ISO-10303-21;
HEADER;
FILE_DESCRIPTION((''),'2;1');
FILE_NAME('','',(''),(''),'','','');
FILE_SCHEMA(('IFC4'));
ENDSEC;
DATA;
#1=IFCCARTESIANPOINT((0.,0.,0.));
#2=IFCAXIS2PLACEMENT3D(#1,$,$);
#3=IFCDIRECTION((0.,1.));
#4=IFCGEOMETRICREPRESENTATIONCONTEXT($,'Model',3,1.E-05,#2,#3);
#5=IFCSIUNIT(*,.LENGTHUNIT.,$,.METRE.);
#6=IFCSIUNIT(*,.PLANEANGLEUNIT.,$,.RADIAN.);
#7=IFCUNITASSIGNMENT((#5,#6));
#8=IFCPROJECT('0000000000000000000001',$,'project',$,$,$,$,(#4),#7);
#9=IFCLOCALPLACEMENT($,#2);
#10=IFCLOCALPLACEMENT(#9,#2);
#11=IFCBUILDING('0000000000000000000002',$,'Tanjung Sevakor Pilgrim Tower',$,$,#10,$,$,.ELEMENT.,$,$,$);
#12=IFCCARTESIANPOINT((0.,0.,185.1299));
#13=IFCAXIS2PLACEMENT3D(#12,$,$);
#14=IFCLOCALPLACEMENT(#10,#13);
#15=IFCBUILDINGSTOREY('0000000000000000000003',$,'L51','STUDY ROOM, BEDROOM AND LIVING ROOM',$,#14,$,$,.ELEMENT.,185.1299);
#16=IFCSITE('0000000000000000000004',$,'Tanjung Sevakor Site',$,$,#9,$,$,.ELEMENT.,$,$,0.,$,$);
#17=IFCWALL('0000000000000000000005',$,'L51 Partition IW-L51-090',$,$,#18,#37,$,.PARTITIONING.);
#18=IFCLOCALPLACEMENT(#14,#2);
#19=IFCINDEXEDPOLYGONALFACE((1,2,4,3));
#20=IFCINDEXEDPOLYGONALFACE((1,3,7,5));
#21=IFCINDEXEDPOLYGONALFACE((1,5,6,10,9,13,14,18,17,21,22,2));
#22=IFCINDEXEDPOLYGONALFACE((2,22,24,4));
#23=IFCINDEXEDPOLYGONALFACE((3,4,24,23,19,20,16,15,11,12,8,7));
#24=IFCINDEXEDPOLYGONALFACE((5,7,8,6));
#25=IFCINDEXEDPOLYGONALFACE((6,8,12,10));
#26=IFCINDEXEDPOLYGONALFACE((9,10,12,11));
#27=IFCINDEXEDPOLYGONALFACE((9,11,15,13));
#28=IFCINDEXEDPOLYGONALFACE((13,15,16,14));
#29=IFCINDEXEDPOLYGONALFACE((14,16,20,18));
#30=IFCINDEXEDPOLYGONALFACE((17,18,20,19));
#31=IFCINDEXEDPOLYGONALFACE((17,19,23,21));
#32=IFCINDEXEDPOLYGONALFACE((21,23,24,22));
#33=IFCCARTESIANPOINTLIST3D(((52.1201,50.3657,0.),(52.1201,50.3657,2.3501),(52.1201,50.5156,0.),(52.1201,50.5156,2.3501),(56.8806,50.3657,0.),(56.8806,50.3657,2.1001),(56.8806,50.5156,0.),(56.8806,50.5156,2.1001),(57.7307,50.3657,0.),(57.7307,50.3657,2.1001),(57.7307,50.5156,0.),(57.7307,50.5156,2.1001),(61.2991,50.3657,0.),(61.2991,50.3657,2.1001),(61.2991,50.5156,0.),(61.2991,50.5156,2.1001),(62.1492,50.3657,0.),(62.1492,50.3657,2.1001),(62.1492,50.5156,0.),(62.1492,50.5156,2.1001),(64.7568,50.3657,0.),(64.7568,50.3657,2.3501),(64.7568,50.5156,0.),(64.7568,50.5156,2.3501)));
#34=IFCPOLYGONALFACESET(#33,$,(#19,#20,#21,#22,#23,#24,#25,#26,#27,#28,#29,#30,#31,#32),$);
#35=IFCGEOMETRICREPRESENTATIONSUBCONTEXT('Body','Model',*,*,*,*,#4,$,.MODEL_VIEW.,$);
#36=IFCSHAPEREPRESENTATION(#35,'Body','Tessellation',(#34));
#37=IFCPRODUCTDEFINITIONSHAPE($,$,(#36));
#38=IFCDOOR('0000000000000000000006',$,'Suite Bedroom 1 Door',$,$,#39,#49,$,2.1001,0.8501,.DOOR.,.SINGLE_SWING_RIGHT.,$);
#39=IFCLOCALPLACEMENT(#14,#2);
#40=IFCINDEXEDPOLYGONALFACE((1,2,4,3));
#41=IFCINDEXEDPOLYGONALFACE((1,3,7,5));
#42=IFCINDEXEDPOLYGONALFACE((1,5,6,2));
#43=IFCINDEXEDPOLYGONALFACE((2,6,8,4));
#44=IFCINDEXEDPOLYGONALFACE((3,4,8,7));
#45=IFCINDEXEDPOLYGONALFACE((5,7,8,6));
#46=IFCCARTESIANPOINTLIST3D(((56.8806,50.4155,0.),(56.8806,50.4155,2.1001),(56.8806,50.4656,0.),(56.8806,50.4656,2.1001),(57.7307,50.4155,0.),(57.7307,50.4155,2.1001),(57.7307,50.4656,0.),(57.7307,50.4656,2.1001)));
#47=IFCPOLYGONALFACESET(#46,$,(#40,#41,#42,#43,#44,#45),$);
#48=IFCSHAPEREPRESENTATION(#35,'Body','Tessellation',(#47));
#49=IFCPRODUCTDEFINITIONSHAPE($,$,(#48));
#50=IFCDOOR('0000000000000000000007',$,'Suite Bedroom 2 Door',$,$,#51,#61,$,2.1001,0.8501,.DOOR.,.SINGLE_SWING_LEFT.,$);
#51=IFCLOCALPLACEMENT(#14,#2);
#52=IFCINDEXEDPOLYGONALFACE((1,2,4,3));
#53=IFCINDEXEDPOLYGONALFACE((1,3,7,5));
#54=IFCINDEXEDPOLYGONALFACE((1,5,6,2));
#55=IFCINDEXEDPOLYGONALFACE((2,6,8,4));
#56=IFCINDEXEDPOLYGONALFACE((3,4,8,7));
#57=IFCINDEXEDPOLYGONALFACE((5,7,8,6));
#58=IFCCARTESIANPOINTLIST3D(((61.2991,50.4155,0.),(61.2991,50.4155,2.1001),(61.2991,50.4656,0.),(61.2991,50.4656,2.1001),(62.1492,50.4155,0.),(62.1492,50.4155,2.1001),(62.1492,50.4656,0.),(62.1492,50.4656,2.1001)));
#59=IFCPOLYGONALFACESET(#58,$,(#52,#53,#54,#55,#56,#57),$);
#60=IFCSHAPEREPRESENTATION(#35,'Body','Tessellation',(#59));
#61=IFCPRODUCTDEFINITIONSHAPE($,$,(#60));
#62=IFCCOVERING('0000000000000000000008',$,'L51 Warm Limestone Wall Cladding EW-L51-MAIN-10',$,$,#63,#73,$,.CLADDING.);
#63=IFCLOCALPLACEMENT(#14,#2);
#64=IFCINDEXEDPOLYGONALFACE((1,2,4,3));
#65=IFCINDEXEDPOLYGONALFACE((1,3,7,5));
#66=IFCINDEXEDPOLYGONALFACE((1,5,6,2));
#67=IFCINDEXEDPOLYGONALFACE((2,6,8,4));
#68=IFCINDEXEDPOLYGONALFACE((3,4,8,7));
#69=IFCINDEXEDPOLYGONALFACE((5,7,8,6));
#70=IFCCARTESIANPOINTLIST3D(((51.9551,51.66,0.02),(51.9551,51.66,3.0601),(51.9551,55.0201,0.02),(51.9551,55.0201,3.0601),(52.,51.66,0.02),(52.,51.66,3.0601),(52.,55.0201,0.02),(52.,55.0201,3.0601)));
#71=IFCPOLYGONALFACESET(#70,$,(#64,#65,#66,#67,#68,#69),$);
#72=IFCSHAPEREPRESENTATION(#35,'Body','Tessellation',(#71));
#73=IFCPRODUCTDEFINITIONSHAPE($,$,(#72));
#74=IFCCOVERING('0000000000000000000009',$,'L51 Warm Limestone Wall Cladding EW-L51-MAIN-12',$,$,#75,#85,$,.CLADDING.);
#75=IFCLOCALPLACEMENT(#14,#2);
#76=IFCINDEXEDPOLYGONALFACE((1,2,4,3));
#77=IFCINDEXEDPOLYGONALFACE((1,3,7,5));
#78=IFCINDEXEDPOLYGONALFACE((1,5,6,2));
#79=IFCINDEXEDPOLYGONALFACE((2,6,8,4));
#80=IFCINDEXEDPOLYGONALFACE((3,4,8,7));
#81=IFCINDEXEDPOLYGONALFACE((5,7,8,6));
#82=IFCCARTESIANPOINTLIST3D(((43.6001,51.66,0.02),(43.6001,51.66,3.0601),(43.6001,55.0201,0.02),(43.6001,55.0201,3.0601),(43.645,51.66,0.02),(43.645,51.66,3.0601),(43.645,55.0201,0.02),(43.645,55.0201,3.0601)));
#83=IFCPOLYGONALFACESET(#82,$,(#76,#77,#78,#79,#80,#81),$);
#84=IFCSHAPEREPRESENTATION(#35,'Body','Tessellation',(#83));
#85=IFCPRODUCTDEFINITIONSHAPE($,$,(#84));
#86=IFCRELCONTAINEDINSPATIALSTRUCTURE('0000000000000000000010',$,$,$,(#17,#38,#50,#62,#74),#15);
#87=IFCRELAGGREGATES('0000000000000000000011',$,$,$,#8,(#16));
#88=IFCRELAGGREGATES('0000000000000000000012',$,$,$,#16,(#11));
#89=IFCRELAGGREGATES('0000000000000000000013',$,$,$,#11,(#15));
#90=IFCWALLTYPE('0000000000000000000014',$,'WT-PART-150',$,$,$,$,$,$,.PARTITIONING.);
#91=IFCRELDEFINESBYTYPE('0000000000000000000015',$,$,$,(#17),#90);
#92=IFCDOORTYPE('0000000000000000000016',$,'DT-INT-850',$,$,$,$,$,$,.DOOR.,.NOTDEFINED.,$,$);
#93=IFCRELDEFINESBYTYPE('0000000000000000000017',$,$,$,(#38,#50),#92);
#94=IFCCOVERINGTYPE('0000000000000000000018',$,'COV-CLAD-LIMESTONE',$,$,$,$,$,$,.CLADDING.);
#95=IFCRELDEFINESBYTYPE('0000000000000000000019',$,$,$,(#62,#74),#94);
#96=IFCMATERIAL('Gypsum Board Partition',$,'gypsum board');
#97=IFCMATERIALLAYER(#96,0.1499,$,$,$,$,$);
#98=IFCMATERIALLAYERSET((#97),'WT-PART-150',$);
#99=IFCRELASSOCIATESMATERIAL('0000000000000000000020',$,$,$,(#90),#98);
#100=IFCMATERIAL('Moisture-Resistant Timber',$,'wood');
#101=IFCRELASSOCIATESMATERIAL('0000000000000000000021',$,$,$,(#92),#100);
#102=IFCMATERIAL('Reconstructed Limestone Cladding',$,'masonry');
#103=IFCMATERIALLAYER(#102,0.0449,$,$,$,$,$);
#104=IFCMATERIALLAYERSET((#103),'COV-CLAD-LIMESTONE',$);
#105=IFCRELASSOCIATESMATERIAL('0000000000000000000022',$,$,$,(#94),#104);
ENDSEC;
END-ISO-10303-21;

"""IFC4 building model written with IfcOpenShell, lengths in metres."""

from ifc_helpers import new_model, si_unit, direction, frame, frame_2d, origin, origin_2d, place, context, subcontext, project, spatial, rectangle, extrude, material, layer, layer_set, type_object, element, fill, save


model = new_model("IFC4")

# Units and contexts
model_context = context("Model", 3, precision=1e-05, world=origin(), true_north=direction((0.0, 1.0)))
body_context = subcontext(model_context, "Body", "Model", "MODEL_VIEW")
ifc_project = project(units=[si_unit("LENGTHUNIT", "METRE"), si_unit("PLANEANGLEUNIT", "RADIAN")], contexts=[model_context])

# Site, building, storey
site_placement = place(None, origin())
site = spatial("IfcSite", under=ifc_project, at=site_placement, Name="Tanjung Sevakor Site", CompositionType="ELEMENT", RefElevation=0.0)
building_placement = place(site_placement, origin())
building = spatial("IfcBuilding", under=site, at=building_placement, Name="Tanjung Sevakor Pilgrim Tower", CompositionType="ELEMENT")
storey_placement = place(building_placement, frame((0.0, 0.0, 185.1299)))
storey = spatial("IfcBuildingStorey", under=building, at=storey_placement, Name="L51", Description="STUDY ROOM, BEDROOM AND LIVING ROOM", CompositionType="ELEMENT", Elevation=185.1299)

# Shared definitions
ifc_material_1 = material(Name="Gypsum Board Partition", Category="gypsum board")
ifc_layer_1 = layer(ifc_material_1, 0.1499)
ifc_layer_set_1 = layer_set([ifc_layer_1], Name="WT-PART-150")
wall_type_1 = type_object("IfcWallType", Name="WT-PART-150", PredefinedType="PARTITIONING", material=ifc_layer_set_1)

# Wall, openings, doors
wall_1_placement = place(storey_placement, frame((52.1201, 50.4407, 0.0), z_axis=(0.0, 0.0, 1.0), x_axis=(1.0, 0.0, 0.0)))
wall_1 = element("IfcWall", 1, at=wall_1_placement, inside=storey, type_object=wall_type_1, Name="L51 Partition IW-L51-090", PredefinedType="PARTITIONING", context=body_context, shape_type="SweptSolid", body=[
    extrude(rectangle(XDim=12.6367, YDim=0.1499, at=frame_2d((6.3184, 0.0))), origin(), (0.0, 0.0, 1.0), 2.3501),
])
opening_1_placement = place(wall_1_placement, frame((4.7605, 0.0, 0.0)))
opening_1 = element("IfcOpeningElement", 2, at=opening_1_placement, cuts=wall_1, PredefinedType="OPENING", context=body_context, shape_type="SweptSolid", body=[
    extrude(rectangle(XDim=0.8501, YDim=2.1001, at=frame_2d((0.425, 1.05))), frame((0.0, 0.085, 0.0), z_axis=(0.0, -1.0, 0.0), x_axis=(1.0, 0.0, 0.0)), (0.0, 0.0, 1.0), 0.1699),
])
opening_2_placement = place(wall_1_placement, frame((9.179, 0.0, 0.0)))
opening_2 = element("IfcOpeningElement", 3, at=opening_2_placement, cuts=wall_1, PredefinedType="OPENING", context=body_context, shape_type="SweptSolid", body=[
    extrude(rectangle(XDim=0.8501, YDim=2.1001, at=frame_2d((0.425, 1.05))), frame((0.0, 0.085, 0.0), z_axis=(0.0, -1.0, 0.0), x_axis=(1.0, 0.0, 0.0)), (0.0, 0.0, 1.0), 0.1699),
])
ifc_material_2 = material(Name="Moisture-Resistant Timber", Category="wood")
door_type_1 = type_object("IfcDoorType", Name="DT-INT-850", OperationType="NOTDEFINED", PredefinedType="DOOR", material=ifc_material_2)
door_1_placement = place(opening_1_placement, origin())
door_1 = element("IfcDoor", 4, at=door_1_placement, inside=storey, type_object=door_type_1, Name="Suite Bedroom 1 Door", OperationType="SINGLE_SWING_RIGHT", OverallHeight=2.1001, OverallWidth=0.8501, PredefinedType="DOOR", context=body_context, shape_type="SweptSolid", body=[
    extrude(rectangle(XDim=0.8501, YDim=2.1001, at=frame_2d((0.425, 1.05))), frame((0.0, 0.0249, 0.0), z_axis=(0.0, -1.0, 0.0), x_axis=(1.0, 0.0, 0.0)), (0.0, 0.0, 1.0), 0.05),
])
fill(opening_1, door_1)
door_2_placement = place(opening_2_placement, origin())
door_2 = element("IfcDoor", 5, at=door_2_placement, inside=storey, type_object=door_type_1, Name="Suite Bedroom 2 Door", OperationType="SINGLE_SWING_LEFT", OverallHeight=2.1001, OverallWidth=0.8501, PredefinedType="DOOR", context=body_context, shape_type="SweptSolid", body=[
    extrude(rectangle(XDim=0.8501, YDim=2.1001, at=frame_2d((0.425, 1.05))), frame((0.0, 0.0249, 0.0), z_axis=(0.0, -1.0, 0.0), x_axis=(1.0, 0.0, 0.0)), (0.0, 0.0, 1.0), 0.05),
])
fill(opening_2, door_2)

# Coverings
ifc_material_3 = material(Name="Reconstructed Limestone Cladding", Category="masonry")
ifc_layer_2 = layer(ifc_material_3, 0.0449)
ifc_layer_set_2 = layer_set([ifc_layer_2], Name="COV-CLAD-LIMESTONE")
covering_type = type_object("IfcCoveringType", Name="COV-CLAD-LIMESTONE", PredefinedType="CLADDING", material=ifc_layer_set_2)
for number, where, z_axis, x_axis, name in (
    (6, (51.9775, 53.3401, 0.02), (0.0, 0.0, 1.0), (0.0, -1.0, 0.0), "L51 Warm Limestone Wall Cladding EW-L51-MAIN-10"),
    (7, (43.6226, 53.3401, 0.02), (0.0, 0.0, 1.0), (0.0, 1.0, 0.0), "L51 Warm Limestone Wall Cladding EW-L51-MAIN-12"),
):
    element("IfcCovering", number, at=place(storey_placement, frame(where, z_axis=z_axis, x_axis=x_axis)), inside=storey, type_object=covering_type, Name=name, PredefinedType="CLADDING", context=body_context, shape_type="SweptSolid", body=[
        extrude(rectangle(XDim=3.3601, YDim=0.0449, at=origin_2d()), origin(), (0.0, 0.0, 1.0), 3.04),
    ])

save(model, "model.ifc")
